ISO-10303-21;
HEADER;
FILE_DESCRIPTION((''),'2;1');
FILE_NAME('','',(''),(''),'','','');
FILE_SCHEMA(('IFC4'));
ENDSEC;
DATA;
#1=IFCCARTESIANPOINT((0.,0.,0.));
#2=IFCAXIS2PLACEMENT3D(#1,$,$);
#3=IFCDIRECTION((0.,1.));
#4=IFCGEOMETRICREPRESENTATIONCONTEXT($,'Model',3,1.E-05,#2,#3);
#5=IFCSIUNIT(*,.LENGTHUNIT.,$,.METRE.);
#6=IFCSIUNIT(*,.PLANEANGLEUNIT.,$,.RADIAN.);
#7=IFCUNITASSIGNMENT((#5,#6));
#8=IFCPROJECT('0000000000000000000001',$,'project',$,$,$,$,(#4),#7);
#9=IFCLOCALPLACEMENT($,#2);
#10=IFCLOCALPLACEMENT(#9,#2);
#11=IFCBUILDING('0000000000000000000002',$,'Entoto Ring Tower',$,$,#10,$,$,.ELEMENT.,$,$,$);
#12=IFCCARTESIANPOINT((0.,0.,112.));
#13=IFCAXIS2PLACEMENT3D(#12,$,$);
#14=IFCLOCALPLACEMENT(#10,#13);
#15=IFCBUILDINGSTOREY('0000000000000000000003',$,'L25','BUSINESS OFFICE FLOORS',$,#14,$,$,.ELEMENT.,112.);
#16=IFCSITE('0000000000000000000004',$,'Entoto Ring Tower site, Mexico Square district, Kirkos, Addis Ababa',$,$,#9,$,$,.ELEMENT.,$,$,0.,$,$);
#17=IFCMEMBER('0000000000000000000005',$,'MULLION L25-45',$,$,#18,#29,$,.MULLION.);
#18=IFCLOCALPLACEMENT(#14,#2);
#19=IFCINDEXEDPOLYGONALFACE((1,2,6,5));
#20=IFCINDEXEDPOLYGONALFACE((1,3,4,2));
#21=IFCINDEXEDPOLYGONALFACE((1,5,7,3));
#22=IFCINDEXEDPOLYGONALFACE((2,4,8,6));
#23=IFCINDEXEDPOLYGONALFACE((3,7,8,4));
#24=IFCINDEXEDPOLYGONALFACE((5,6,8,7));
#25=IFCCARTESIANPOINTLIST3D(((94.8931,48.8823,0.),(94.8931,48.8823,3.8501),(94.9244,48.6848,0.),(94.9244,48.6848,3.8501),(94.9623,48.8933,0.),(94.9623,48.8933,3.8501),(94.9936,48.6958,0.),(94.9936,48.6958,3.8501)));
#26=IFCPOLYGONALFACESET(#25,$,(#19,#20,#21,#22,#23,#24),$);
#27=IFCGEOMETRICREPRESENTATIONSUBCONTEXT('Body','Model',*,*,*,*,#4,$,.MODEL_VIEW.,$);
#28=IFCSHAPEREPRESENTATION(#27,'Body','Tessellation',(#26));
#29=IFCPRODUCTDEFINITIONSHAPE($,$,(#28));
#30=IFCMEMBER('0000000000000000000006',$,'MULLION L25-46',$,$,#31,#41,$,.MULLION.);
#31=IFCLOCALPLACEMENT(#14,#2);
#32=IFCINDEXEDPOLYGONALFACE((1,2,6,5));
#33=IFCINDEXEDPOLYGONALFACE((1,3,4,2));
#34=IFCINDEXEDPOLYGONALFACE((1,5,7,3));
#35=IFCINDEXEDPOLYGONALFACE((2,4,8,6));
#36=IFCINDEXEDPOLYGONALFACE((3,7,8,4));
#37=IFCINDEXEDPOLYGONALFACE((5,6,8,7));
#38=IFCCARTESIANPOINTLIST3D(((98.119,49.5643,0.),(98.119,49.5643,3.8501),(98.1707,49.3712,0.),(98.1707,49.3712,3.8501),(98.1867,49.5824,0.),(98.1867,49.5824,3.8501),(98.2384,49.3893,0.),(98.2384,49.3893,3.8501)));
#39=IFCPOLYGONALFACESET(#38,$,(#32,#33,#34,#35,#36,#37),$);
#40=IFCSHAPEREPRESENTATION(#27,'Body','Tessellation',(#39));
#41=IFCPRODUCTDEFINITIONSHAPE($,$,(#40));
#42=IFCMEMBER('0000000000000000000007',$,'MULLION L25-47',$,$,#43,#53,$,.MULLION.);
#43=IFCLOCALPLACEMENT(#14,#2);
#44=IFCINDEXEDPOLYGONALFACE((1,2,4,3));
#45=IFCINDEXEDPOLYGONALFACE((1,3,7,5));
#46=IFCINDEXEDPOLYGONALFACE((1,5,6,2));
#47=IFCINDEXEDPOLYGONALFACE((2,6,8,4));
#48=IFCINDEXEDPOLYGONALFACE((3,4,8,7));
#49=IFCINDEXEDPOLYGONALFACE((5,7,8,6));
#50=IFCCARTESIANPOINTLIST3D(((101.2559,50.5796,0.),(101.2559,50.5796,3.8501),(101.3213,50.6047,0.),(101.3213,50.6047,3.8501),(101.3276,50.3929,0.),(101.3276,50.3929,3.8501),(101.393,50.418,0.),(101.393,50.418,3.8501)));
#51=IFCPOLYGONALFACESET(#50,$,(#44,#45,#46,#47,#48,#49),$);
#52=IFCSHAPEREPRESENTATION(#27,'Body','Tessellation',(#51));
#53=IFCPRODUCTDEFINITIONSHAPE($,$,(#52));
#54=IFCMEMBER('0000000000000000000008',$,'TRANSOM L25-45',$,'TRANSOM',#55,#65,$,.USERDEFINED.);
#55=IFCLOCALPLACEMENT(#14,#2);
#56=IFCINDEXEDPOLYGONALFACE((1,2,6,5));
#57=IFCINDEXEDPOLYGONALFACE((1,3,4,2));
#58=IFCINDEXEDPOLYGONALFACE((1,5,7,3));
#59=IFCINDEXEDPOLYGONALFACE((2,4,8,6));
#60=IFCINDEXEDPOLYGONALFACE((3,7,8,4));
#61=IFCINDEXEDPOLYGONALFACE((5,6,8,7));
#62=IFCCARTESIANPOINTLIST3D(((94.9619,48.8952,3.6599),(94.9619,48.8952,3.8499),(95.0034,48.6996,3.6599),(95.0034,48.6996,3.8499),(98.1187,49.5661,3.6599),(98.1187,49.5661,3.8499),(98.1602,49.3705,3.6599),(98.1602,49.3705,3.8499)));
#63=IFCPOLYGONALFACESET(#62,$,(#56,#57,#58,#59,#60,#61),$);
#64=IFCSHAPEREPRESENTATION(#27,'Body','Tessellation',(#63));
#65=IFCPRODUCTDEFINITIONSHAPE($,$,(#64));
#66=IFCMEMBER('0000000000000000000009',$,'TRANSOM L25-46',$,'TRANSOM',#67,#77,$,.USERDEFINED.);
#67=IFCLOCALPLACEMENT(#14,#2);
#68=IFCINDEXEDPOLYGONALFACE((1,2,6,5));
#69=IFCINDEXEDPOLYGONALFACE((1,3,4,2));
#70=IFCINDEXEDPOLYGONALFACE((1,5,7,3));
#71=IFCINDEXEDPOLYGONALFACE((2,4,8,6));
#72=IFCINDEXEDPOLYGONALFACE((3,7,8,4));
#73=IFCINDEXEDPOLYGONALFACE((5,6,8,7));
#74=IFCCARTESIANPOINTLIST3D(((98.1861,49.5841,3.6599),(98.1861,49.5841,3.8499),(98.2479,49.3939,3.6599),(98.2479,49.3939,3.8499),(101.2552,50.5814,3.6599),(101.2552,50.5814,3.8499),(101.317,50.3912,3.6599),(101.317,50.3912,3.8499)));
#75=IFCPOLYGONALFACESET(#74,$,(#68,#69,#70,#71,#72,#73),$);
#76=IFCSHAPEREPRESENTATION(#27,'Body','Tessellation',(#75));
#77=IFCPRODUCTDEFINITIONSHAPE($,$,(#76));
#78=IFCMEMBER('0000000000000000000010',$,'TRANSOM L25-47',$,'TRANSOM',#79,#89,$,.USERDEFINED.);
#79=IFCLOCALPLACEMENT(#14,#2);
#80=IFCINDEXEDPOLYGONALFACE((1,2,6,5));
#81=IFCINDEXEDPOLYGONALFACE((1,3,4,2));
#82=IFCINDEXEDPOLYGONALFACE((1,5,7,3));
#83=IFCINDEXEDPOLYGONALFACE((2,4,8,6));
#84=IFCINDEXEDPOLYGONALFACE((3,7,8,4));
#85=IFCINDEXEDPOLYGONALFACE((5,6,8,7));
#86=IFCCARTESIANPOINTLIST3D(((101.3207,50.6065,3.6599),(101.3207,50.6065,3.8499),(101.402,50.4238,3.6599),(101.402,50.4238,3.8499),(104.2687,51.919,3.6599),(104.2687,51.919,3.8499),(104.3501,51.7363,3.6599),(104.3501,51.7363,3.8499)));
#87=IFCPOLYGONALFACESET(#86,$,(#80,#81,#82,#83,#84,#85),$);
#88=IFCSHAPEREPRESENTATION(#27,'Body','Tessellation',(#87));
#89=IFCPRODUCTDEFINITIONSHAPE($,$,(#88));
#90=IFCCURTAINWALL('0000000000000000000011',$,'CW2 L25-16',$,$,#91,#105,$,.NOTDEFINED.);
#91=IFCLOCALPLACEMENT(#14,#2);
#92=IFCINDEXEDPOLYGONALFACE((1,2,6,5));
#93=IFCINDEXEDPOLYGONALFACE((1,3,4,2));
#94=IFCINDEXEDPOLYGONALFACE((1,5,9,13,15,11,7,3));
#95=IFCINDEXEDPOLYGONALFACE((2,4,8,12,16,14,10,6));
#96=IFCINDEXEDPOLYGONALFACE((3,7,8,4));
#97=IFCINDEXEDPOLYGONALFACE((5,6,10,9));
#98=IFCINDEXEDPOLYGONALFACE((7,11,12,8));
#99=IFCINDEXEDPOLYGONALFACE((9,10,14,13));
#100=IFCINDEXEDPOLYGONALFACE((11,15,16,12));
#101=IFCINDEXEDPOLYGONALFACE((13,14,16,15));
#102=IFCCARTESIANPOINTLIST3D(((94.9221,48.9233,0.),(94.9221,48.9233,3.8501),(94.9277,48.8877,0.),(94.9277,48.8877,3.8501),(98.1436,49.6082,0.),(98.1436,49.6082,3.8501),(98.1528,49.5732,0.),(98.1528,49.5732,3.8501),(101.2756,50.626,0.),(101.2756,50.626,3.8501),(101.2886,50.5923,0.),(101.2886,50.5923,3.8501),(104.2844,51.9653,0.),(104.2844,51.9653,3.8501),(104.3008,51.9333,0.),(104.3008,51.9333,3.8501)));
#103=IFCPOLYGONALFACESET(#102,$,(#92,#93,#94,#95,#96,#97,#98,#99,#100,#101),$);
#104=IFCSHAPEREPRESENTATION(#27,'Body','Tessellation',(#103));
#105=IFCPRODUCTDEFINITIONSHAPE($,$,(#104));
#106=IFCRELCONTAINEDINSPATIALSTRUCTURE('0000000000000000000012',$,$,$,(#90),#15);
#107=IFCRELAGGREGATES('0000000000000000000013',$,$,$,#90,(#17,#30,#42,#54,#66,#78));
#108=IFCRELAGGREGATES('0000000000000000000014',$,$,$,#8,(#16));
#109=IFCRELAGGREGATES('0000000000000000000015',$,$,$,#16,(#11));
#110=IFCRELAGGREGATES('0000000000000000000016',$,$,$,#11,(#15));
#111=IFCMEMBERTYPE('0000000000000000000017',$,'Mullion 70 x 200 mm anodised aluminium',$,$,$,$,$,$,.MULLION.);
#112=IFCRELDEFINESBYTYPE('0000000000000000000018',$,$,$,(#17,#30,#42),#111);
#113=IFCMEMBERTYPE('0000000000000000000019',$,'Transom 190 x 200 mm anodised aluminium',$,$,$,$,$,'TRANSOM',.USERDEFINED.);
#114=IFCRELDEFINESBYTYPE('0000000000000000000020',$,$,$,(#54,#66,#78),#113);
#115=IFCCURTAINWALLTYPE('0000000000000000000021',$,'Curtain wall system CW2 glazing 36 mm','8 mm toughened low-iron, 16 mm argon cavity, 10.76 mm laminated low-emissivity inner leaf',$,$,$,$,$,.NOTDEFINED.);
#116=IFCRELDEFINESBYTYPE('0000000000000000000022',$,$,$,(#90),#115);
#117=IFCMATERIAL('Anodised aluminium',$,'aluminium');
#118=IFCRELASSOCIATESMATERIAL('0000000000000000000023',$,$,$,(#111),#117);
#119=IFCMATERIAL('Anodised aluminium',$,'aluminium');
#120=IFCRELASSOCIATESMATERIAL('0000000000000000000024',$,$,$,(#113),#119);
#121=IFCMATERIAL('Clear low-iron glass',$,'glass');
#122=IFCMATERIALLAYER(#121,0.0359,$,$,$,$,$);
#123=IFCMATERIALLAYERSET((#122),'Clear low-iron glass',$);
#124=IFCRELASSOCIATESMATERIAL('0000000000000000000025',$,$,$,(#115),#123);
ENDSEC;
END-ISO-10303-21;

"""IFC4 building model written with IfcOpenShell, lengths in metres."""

from ifc_helpers import new_model, si_unit, direction, frame, origin, origin_2d, place, context, subcontext, project, spatial, polyline, rectangle, outline, extrude, material, layer, layer_set, material_profile, profile_set, type_object, element, aggregate, save


model = new_model("IFC4")

# Units and contexts
model_context = context("Model", 3, precision=1e-05, world=origin(), true_north=direction((0.0, 1.0)))
body_context = subcontext(model_context, "Body", "Model", "MODEL_VIEW")
ifc_project = project(units=[si_unit("LENGTHUNIT", "METRE"), si_unit("PLANEANGLEUNIT", "RADIAN")], contexts=[model_context])

# Members
ifc_material_1 = material(Name="Anodised aluminium", Category="aluminium")
ifc_material_profile_1 = material_profile(ifc_material_1, rectangle(XDim=0.0701, YDim=0.2, at=origin_2d()), Name="Mullion 70 x 200 mm anodised aluminium")
ifc_profile_set_1 = profile_set([ifc_material_profile_1], Name="Anodised aluminium")
member_type_1 = type_object("IfcMemberType", Name="Mullion 70 x 200 mm anodised aluminium", PredefinedType="MULLION", material=ifc_profile_set_1)
site_placement = place(None, origin())
building_placement = place(site_placement, origin())
storey_placement = place(building_placement, frame((0.0, 0.0, 112.0)))
member_1_placement = place(storey_placement, frame((94.9434, 48.7891, 0.0), z_axis=(0.0, 0.0, 1.0), x_axis=(0.987688, 0.156434, 0.0)))
member_1 = element("IfcMember", 1, at=member_1_placement, type_object=member_type_1, Name="MULLION L25-45", PredefinedType="MULLION", context=body_context, shape_type="SweptSolid", body=[
    extrude(rectangle(XDim=0.0701, YDim=0.2, at=origin_2d()), origin(), (0.0, 0.0, 1.0), 3.8501),
])
member_2_placement = place(storey_placement, frame((98.1787, 49.4768, 0.0), z_axis=(0.0, 0.0, 1.0), x_axis=(0.965926, 0.258819, 0.0)))
member_2 = element("IfcMember", 2, at=member_2_placement, type_object=member_type_1, Name="MULLION L25-46", PredefinedType="MULLION", context=body_context, shape_type="SweptSolid", body=[
    extrude(rectangle(XDim=0.0701, YDim=0.2, at=origin_2d()), origin(), (0.0, 0.0, 1.0), 3.8501),
])
member_3_placement = place(storey_placement, frame((101.3245, 50.4988, 0.0), z_axis=(0.0, 0.0, 1.0), x_axis=(0.93358, 0.358368, 0.0)))
member_3 = element("IfcMember", 3, at=member_3_placement, type_object=member_type_1, Name="MULLION L25-47", PredefinedType="MULLION", context=body_context, shape_type="SweptSolid", body=[
    extrude(rectangle(XDim=0.0701, YDim=0.2, at=origin_2d()), origin(), (0.0, 0.0, 1.0), 3.8501),
])
ifc_material_2 = material(Name="Anodised aluminium", Category="aluminium")
ifc_material_profile_2 = material_profile(ifc_material_2, rectangle(XDim=0.2, YDim=0.1899, at=origin_2d()), Name="Transom 190 x 200 mm anodised aluminium")
ifc_profile_set_2 = profile_set([ifc_material_profile_2], Name="Anodised aluminium")
member_type_2 = type_object("IfcMemberType", Name="Transom 190 x 200 mm anodised aluminium", ElementType="TRANSOM", PredefinedType="USERDEFINED", material=ifc_profile_set_2)
member_4_placement = place(storey_placement, frame((94.9827, 48.7974, 3.7549), z_axis=(0.978153, 0.207886, 0.0), x_axis=(-0.207886, 0.978153, 0.0)))
member_4 = element("IfcMember", 4, at=member_4_placement, type_object=member_type_2, Name="TRANSOM L25-45", ObjectType="TRANSOM", PredefinedType="USERDEFINED", context=body_context, shape_type="SweptSolid", body=[
    extrude(rectangle(XDim=0.2, YDim=0.1899, at=origin_2d()), origin(), (0.0, 0.0, 1.0), 3.2273),
])
member_5_placement = place(storey_placement, frame((98.217, 49.489, 3.7549), z_axis=(0.951047, 0.309047, 0.0), x_axis=(-0.309047, 0.951047, 0.0)))
member_5 = element("IfcMember", 5, at=member_5_placement, type_object=member_type_2, Name="TRANSOM L25-46", ObjectType="TRANSOM", PredefinedType="USERDEFINED", context=body_context, shape_type="SweptSolid", body=[
    extrude(rectangle(XDim=0.2, YDim=0.1899, at=origin_2d()), origin(), (0.0, 0.0, 1.0), 3.2271),
])
member_6_placement = place(storey_placement, frame((101.3613, 50.5151, 3.7549), z_axis=(0.913549, 0.406728, 0.0), x_axis=(-0.406728, 0.913549, 0.0)))
member_6 = element("IfcMember", 6, at=member_6_placement, type_object=member_type_2, Name="TRANSOM L25-47", ObjectType="TRANSOM", PredefinedType="USERDEFINED", context=body_context, shape_type="SweptSolid", body=[
    extrude(rectangle(XDim=0.2, YDim=0.1899, at=origin_2d()), origin(), (0.0, 0.0, 1.0), 3.2271),
])

# Site, building, storey
site = spatial("IfcSite", under=ifc_project, at=site_placement, Name="Entoto Ring Tower site, Mexico Square district, Kirkos, Addis Ababa", CompositionType="ELEMENT", RefElevation=0.0)
building = spatial("IfcBuilding", under=site, at=building_placement, Name="Entoto Ring Tower", CompositionType="ELEMENT")
storey = spatial("IfcBuildingStorey", under=building, at=storey_placement, Name="L25", Description="BUSINESS OFFICE FLOORS", CompositionType="ELEMENT", Elevation=112.0)

# Curtain wall
ifc_material_3 = material(Name="Clear low-iron glass", Category="glass")
ifc_layer = layer(ifc_material_3, 0.0359)
ifc_layer_set = layer_set([ifc_layer], Name="Clear low-iron glass")
curtain_wall_type = type_object("IfcCurtainWallType", Name="Curtain wall system CW2 glazing 36 mm", Description="8 mm toughened low-iron, 16 mm argon cavity, 10.76 mm laminated low-emissivity inner leaf", PredefinedType="NOTDEFINED", material=ifc_layer_set)
curtain_wall_1_placement = place(storey_placement, origin())
curtain_wall_1 = element("IfcCurtainWall", 7, at=curtain_wall_1_placement, inside=storey, type_object=curtain_wall_type, Name="CW2 L25-16", PredefinedType="NOTDEFINED", context=body_context, shape_type="SweptSolid", body=[
    extrude(outline(polyline([(94.9277, 48.8877), (98.1528, 49.5732), (101.2886, 50.5923), (104.3008, 51.9333), (104.2844, 51.9653), (101.2756, 50.626), (98.1436, 49.6082), (94.9221, 48.9233), (94.9277, 48.8877)])), origin(), (0.0, 0.0, 1.0), 3.8501),
])
aggregate(curtain_wall_1, [member_1, member_2, member_3, member_4, member_5, member_6])

save(model, "model.ifc")
